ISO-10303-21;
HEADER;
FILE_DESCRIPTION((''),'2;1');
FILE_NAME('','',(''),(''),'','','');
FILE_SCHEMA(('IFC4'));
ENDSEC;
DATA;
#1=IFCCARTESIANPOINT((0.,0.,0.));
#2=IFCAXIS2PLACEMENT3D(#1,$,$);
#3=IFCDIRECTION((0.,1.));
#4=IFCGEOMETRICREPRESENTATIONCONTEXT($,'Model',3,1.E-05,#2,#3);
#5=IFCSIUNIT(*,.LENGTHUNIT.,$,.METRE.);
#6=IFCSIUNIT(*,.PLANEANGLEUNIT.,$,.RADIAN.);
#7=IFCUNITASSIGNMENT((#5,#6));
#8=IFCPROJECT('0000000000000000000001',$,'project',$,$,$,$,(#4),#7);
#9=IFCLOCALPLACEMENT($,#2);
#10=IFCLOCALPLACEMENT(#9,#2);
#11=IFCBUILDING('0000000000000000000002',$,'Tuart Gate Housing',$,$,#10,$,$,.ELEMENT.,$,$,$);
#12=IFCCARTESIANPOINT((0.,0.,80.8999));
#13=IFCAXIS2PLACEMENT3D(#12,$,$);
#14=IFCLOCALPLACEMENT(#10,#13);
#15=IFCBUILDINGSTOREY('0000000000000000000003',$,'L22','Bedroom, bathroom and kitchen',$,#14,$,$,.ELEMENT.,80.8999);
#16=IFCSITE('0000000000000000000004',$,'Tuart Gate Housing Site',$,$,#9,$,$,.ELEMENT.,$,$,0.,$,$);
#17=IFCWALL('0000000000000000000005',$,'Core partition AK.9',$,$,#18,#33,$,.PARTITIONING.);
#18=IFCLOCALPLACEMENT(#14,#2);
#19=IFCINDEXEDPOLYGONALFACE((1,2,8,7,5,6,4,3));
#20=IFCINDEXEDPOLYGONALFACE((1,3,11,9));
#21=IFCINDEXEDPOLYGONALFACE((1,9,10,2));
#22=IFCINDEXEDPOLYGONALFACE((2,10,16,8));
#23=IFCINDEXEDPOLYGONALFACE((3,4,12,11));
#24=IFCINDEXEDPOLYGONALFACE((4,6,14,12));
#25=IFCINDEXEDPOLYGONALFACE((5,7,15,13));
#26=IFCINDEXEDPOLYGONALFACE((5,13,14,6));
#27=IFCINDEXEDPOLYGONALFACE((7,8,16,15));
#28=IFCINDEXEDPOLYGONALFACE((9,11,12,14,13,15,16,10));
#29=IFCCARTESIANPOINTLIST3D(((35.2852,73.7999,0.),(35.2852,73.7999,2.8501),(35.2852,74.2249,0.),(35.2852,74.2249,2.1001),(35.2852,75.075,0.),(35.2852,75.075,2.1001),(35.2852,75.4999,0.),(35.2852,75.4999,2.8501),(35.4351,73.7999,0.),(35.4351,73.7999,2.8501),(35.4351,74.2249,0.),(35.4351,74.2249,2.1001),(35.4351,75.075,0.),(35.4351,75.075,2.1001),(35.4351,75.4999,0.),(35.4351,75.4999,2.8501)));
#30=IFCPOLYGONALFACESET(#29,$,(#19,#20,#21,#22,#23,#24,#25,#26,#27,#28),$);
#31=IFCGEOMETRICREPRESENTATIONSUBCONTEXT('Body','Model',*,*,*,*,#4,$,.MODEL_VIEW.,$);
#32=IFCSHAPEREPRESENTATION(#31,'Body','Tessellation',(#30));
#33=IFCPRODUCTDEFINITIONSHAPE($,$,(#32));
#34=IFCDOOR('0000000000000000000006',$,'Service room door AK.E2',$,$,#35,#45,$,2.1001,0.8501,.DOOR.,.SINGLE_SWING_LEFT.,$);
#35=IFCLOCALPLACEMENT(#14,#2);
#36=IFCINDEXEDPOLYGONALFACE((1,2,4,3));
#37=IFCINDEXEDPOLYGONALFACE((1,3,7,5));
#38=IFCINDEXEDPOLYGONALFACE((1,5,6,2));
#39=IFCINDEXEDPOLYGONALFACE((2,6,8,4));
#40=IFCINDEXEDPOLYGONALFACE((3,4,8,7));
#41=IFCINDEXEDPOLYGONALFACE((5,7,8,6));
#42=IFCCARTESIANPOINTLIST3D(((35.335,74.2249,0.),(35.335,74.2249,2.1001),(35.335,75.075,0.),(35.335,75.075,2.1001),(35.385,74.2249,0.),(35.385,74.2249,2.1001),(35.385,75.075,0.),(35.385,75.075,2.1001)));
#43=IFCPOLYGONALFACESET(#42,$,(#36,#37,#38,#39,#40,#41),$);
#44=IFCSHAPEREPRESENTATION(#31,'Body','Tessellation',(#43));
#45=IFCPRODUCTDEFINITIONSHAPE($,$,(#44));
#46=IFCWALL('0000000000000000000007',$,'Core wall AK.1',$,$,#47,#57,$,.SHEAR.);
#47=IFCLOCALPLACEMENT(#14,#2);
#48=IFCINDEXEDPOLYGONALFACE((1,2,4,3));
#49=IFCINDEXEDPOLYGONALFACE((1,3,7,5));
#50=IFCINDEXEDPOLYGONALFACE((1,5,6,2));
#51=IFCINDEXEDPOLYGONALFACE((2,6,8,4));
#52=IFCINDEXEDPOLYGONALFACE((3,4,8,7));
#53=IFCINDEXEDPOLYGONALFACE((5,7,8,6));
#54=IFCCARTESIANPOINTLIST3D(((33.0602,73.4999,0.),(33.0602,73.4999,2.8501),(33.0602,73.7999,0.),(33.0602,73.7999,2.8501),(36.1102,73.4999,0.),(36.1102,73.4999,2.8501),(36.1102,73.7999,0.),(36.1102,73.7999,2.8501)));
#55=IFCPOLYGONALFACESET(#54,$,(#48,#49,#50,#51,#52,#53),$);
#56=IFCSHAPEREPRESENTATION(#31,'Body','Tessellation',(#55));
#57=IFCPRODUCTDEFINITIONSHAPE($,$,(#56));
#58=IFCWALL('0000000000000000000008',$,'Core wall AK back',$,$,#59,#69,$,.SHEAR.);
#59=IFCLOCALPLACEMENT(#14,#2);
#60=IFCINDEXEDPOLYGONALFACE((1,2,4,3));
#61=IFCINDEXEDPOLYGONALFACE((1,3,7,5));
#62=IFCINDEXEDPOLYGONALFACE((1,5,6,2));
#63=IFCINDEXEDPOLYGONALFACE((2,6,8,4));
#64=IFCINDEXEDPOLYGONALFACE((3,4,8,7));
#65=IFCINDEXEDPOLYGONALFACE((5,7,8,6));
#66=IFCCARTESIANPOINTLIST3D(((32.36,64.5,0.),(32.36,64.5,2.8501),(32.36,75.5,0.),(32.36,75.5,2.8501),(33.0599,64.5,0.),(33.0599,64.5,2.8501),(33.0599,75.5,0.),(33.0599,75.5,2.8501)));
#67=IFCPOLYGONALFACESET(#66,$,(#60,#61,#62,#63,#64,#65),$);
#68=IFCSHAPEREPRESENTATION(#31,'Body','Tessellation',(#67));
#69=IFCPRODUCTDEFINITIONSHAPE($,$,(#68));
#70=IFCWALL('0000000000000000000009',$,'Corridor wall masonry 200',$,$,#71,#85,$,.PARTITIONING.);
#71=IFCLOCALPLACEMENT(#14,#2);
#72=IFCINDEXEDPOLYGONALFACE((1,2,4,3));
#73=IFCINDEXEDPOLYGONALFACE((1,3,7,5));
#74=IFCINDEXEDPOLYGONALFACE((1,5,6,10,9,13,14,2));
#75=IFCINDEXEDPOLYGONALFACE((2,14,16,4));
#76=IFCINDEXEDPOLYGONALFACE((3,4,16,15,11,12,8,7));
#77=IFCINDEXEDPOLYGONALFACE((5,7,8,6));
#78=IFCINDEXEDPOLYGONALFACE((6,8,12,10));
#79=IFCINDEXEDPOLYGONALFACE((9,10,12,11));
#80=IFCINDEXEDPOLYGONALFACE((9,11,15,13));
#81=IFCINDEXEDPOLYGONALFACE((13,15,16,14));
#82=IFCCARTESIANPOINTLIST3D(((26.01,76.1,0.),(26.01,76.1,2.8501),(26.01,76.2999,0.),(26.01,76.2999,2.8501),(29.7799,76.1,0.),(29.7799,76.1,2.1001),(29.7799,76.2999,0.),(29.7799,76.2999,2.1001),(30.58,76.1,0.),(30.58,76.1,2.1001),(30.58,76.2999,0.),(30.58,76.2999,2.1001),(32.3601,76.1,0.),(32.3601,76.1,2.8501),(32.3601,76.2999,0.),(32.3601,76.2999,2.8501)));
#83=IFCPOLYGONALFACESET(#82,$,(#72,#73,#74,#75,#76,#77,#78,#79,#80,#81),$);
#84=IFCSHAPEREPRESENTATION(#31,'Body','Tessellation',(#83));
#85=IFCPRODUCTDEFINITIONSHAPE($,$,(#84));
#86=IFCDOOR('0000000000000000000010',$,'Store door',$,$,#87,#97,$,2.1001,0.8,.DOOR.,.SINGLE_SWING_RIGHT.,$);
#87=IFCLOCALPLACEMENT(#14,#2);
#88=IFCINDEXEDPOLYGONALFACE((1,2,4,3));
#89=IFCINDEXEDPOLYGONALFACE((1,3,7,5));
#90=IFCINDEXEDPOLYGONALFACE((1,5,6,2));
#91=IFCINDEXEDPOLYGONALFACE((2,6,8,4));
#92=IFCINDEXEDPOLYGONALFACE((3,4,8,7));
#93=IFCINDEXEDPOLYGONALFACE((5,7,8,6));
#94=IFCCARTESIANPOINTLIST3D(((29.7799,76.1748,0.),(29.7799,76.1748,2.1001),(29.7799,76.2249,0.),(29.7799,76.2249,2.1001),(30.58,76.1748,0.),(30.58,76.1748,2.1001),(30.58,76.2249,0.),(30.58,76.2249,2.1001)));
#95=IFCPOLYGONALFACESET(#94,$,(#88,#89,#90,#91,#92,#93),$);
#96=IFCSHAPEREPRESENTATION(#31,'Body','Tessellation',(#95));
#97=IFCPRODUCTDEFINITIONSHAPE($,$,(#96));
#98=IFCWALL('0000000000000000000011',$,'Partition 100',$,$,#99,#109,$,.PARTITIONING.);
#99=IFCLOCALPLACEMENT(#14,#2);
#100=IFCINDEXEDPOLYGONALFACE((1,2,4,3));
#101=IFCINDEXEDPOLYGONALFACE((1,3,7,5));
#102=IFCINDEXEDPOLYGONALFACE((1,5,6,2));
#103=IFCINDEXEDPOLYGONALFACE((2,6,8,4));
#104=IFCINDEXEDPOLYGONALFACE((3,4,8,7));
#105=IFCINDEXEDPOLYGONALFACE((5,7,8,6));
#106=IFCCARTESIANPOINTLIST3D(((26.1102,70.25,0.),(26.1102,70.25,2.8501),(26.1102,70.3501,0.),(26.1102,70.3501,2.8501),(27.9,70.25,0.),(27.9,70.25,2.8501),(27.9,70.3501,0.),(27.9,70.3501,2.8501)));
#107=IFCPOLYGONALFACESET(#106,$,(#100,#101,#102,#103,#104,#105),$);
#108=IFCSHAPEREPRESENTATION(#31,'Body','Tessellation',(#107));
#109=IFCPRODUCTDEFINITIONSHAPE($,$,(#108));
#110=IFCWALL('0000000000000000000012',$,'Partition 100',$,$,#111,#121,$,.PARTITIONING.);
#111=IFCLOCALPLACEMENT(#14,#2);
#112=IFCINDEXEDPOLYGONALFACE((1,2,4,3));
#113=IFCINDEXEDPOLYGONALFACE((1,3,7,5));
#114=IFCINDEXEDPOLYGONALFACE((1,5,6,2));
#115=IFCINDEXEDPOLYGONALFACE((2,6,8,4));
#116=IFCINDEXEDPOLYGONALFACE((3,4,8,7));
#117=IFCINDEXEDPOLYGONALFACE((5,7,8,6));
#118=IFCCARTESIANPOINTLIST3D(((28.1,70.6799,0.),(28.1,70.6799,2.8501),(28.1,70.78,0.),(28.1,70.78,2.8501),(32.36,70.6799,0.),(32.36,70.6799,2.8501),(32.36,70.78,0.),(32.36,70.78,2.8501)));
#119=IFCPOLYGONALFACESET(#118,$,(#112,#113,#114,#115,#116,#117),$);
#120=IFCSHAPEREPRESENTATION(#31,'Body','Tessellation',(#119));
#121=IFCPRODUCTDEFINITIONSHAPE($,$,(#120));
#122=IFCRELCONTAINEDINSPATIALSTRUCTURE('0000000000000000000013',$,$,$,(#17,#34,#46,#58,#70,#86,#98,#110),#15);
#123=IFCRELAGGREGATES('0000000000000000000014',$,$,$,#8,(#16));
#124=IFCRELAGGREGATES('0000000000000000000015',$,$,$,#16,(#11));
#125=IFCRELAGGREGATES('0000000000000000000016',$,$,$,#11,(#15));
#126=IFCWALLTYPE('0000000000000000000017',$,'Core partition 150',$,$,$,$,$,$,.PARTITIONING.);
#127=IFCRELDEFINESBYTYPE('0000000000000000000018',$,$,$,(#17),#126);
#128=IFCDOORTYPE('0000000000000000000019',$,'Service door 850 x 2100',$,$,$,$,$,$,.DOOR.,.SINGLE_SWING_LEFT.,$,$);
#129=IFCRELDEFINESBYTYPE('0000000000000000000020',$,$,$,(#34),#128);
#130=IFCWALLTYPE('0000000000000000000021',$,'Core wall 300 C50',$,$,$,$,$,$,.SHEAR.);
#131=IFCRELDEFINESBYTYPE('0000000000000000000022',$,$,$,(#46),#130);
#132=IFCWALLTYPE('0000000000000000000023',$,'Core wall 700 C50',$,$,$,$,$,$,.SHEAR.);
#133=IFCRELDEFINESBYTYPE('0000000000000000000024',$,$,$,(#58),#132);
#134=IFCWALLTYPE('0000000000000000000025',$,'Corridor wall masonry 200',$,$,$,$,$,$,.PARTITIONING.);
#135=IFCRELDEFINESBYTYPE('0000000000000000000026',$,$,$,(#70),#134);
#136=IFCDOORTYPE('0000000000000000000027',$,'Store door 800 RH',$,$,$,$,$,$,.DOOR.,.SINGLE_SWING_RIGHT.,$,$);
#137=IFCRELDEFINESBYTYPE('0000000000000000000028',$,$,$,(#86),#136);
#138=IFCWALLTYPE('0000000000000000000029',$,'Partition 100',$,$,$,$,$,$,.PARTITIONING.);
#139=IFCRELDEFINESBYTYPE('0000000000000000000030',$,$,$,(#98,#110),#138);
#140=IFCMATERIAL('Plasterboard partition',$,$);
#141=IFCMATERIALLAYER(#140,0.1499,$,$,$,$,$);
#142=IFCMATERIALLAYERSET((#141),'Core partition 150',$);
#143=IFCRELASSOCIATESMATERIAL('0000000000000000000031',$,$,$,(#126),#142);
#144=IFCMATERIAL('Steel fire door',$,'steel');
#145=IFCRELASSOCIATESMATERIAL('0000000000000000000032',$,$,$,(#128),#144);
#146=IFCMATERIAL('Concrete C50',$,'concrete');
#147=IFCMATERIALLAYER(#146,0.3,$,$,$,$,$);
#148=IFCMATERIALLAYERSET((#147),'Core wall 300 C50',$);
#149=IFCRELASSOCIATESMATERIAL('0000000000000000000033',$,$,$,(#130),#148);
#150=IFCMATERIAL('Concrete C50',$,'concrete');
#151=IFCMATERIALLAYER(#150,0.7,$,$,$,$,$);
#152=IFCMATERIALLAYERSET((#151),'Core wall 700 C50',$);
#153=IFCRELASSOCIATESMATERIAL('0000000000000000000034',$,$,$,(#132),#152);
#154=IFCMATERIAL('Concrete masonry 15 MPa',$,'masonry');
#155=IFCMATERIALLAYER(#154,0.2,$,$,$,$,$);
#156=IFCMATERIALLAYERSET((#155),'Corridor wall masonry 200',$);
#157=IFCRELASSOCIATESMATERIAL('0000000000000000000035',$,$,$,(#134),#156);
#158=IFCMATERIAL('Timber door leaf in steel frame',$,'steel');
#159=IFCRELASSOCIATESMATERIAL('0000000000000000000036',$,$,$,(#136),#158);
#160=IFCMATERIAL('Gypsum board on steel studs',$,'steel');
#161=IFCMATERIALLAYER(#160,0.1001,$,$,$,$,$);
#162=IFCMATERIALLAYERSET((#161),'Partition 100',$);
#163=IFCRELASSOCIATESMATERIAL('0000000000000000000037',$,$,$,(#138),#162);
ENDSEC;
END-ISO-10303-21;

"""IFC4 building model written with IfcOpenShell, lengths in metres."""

from ifc_helpers import new_model, si_unit, direction, frame, frame_2d, origin, place, context, subcontext, project, spatial, rectangle, extrude, material, layer, layer_set, type_object, element, fill, save


model = new_model("IFC4")

# Units and contexts
model_context = context("Model", 3, precision=1e-05, world=origin(), true_north=direction((0.0, 1.0)))
body_context = subcontext(model_context, "Body", "Model", "MODEL_VIEW")
ifc_project = project(units=[si_unit("LENGTHUNIT", "METRE"), si_unit("PLANEANGLEUNIT", "RADIAN")], contexts=[model_context])

# Site, building, storey
site_placement = place(None, origin())
site = spatial("IfcSite", under=ifc_project, at=site_placement, Name="Tuart Gate Housing Site", CompositionType="ELEMENT", RefElevation=0.0)
building_placement = place(site_placement, origin())
building = spatial("IfcBuilding", under=site, at=building_placement, Name="Tuart Gate Housing", CompositionType="ELEMENT")
storey_placement = place(building_placement, frame((0.0, 0.0, 80.8999)))
storey = spatial("IfcBuildingStorey", under=building, at=storey_placement, Name="L22", Description="Bedroom, bathroom and kitchen", CompositionType="ELEMENT", Elevation=80.8999)

# Wall, opening, door
ifc_material_1 = material(Name="Plasterboard partition")
ifc_layer_1 = layer(ifc_material_1, 0.1499)
ifc_layer_set_1 = layer_set([ifc_layer_1], Name="Core partition 150")
wall_type_1 = type_object("IfcWallType", Name="Core partition 150", PredefinedType="PARTITIONING", material=ifc_layer_set_1)
wall_1_placement = place(storey_placement, frame((35.3601, 75.5, 0.0), z_axis=(0.0, 0.0, 1.0), x_axis=(0.0, -1.0, 0.0)))
wall_1 = element("IfcWall", 1, at=wall_1_placement, inside=storey, type_object=wall_type_1, Name="Core partition AK.9", PredefinedType="PARTITIONING", context=body_context, shape_type="SweptSolid", body=[
    extrude(rectangle(XDim=1.7, YDim=0.1499, at=frame_2d((0.8501, 0.0))), origin(), (0.0, 0.0, 1.0), 2.8501),
])
opening_1_placement = place(wall_1_placement, frame((0.425, 0.0, 0.0)))
opening_1 = element("IfcOpeningElement", 2, at=opening_1_placement, cuts=wall_1, PredefinedType="OPENING", context=body_context, shape_type="SweptSolid", body=[
    extrude(rectangle(XDim=0.8501, YDim=2.1001, at=frame_2d((0.425, 1.05))), frame((0.0, 0.085, 0.0), z_axis=(0.0, -1.0, 0.0), x_axis=(1.0, 0.0, 0.0)), (0.0, 0.0, 1.0), 0.1699),
])
ifc_material_2 = material(Name="Steel fire door", Category="steel")
door_type_1 = type_object("IfcDoorType", Name="Service door 850 x 2100", OperationType="SINGLE_SWING_LEFT", PredefinedType="DOOR", material=ifc_material_2)
door_1_placement = place(opening_1_placement, origin())
door_1 = element("IfcDoor", 3, at=door_1_placement, inside=storey, type_object=door_type_1, Name="Service room door AK.E2", OperationType="SINGLE_SWING_LEFT", OverallHeight=2.1001, OverallWidth=0.8501, PredefinedType="DOOR", context=body_context, shape_type="SweptSolid", body=[
    extrude(rectangle(XDim=0.8501, YDim=2.1001, at=frame_2d((0.425, 1.05))), frame((0.0, 0.0249, 0.0), z_axis=(0.0, -1.0, 0.0), x_axis=(1.0, 0.0, 0.0)), (0.0, 0.0, 1.0), 0.05),
])
fill(opening_1, door_1)

# Walls
ifc_material_3 = material(Name="Concrete C50", Category="concrete")
ifc_layer_2 = layer(ifc_material_3, 0.3)
ifc_layer_set_2 = layer_set([ifc_layer_2], Name="Core wall 300 C50")
wall_type_2 = type_object("IfcWallType", Name="Core wall 300 C50", PredefinedType="SHEAR", material=ifc_layer_set_2)
wall_2_placement = place(storey_placement, frame((36.1101, 73.6499, 0.0), z_axis=(0.0, 0.0, 1.0), x_axis=(-1.0, 0.0, 0.0)))
element("IfcWall", 4, at=wall_2_placement, inside=storey, type_object=wall_type_2, Name="Core wall AK.1", PredefinedType="SHEAR", context=body_context, shape_type="SweptSolid", body=[
    extrude(rectangle(XDim=3.05, YDim=0.3, at=frame_2d((1.5249, 0.0))), origin(), (0.0, 0.0, 1.0), 2.8501),
])
ifc_material_4 = material(Name="Concrete C50", Category="concrete")
ifc_layer_3 = layer(ifc_material_4, 0.7)
ifc_layer_set_3 = layer_set([ifc_layer_3], Name="Core wall 700 C50")
wall_type_3 = type_object("IfcWallType", Name="Core wall 700 C50", PredefinedType="SHEAR", material=ifc_layer_set_3)
wall_3_placement = place(storey_placement, frame((32.71, 75.5, 0.0), z_axis=(0.0, 0.0, 1.0), x_axis=(0.0, -1.0, 0.0)))
element("IfcWall", 5, at=wall_3_placement, inside=storey, type_object=wall_type_3, Name="Core wall AK back", PredefinedType="SHEAR", context=body_context, shape_type="SweptSolid", body=[
    extrude(rectangle(XDim=11.0, YDim=0.7, at=frame_2d((5.5, 0.0))), origin(), (0.0, 0.0, 1.0), 2.8501),
])

# Wall, opening, door
ifc_material_5 = material(Name="Concrete masonry 15 MPa", Category="masonry")
ifc_layer_4 = layer(ifc_material_5, 0.2)
ifc_layer_set_4 = layer_set([ifc_layer_4], Name="Corridor wall masonry 200")
wall_type_4 = type_object("IfcWallType", Name="Corridor wall masonry 200", PredefinedType="PARTITIONING", material=ifc_layer_set_4)
wall_4_placement = place(storey_placement, frame((26.01, 76.2, 0.0), z_axis=(0.0, 0.0, 1.0), x_axis=(1.0, 0.0, 0.0)))
wall_4 = element("IfcWall", 6, at=wall_4_placement, inside=storey, type_object=wall_type_4, Name="Corridor wall masonry 200", PredefinedType="PARTITIONING", context=body_context, shape_type="SweptSolid", body=[
    extrude(rectangle(XDim=6.3501, YDim=0.2, at=frame_2d((3.175, 0.0))), origin(), (0.0, 0.0, 1.0), 2.8501),
])
opening_2_placement = place(wall_4_placement, frame((3.77, 0.0, 0.0)))
opening_2 = element("IfcOpeningElement", 7, at=opening_2_placement, cuts=wall_4, PredefinedType="OPENING", context=body_context, shape_type="SweptSolid", body=[
    extrude(rectangle(XDim=0.8, YDim=2.1001, at=frame_2d((0.3999, 1.05))), frame((0.0, 0.1099, 0.0), z_axis=(0.0, -1.0, 0.0), x_axis=(1.0, 0.0, 0.0)), (0.0, 0.0, 1.0), 0.22),
])
ifc_material_6 = material(Name="Timber door leaf in steel frame", Category="steel")
door_type_2 = type_object("IfcDoorType", Name="Store door 800 RH", OperationType="SINGLE_SWING_RIGHT", PredefinedType="DOOR", material=ifc_material_6)
door_2_placement = place(opening_2_placement, frame((0.8, 0.0, 0.0), z_axis=(0.0, 0.0, 1.0), x_axis=(-1.0, 0.0, 0.0)))
door_2 = element("IfcDoor", 8, at=door_2_placement, inside=storey, type_object=door_type_2, Name="Store door", OperationType="SINGLE_SWING_RIGHT", OverallHeight=2.1001, OverallWidth=0.8, PredefinedType="DOOR", context=body_context, shape_type="SweptSolid", body=[
    extrude(rectangle(XDim=0.8, YDim=2.1001, at=frame_2d((0.4001, 1.05))), frame((0.0, 0.0251, 0.0), z_axis=(0.0, -1.0, 0.0), x_axis=(1.0, 0.0, 0.0)), (0.0, 0.0, 1.0), 0.05),
])
fill(opening_2, door_2)

# Walls
ifc_material_7 = material(Name="Gypsum board on steel studs", Category="steel")
ifc_layer_5 = layer(ifc_material_7, 0.1001)
ifc_layer_set_5 = layer_set([ifc_layer_5], Name="Partition 100")
wall_type_5 = type_object("IfcWallType", Name="Partition 100", PredefinedType="PARTITIONING", material=ifc_layer_set_5)
wall_5_placement = place(storey_placement, frame((26.1101, 70.3, 0.0), z_axis=(0.0, 0.0, 1.0), x_axis=(1.0, 0.0, 0.0)))
element("IfcWall", 9, at=wall_5_placement, inside=storey, type_object=wall_type_5, Name="Partition 100", PredefinedType="PARTITIONING", context=body_context, shape_type="SweptSolid", body=[
    extrude(rectangle(XDim=1.7898, YDim=0.1001, at=frame_2d((0.895, 0.0))), origin(), (0.0, 0.0, 1.0), 2.8501),
])
wall_6_placement = place(storey_placement, frame((28.1001, 70.73, 0.0), z_axis=(0.0, 0.0, 1.0), x_axis=(1.0, 0.0, 0.0)))
element("IfcWall", 10, at=wall_6_placement, inside=storey, type_object=wall_type_5, Name="Partition 100", PredefinedType="PARTITIONING", context=body_context, shape_type="SweptSolid", body=[
    extrude(rectangle(XDim=4.26, YDim=0.1001, at=frame_2d((2.1299, 0.0))), origin(), (0.0, 0.0, 1.0), 2.8501),
])

save(model, "model.ifc")
